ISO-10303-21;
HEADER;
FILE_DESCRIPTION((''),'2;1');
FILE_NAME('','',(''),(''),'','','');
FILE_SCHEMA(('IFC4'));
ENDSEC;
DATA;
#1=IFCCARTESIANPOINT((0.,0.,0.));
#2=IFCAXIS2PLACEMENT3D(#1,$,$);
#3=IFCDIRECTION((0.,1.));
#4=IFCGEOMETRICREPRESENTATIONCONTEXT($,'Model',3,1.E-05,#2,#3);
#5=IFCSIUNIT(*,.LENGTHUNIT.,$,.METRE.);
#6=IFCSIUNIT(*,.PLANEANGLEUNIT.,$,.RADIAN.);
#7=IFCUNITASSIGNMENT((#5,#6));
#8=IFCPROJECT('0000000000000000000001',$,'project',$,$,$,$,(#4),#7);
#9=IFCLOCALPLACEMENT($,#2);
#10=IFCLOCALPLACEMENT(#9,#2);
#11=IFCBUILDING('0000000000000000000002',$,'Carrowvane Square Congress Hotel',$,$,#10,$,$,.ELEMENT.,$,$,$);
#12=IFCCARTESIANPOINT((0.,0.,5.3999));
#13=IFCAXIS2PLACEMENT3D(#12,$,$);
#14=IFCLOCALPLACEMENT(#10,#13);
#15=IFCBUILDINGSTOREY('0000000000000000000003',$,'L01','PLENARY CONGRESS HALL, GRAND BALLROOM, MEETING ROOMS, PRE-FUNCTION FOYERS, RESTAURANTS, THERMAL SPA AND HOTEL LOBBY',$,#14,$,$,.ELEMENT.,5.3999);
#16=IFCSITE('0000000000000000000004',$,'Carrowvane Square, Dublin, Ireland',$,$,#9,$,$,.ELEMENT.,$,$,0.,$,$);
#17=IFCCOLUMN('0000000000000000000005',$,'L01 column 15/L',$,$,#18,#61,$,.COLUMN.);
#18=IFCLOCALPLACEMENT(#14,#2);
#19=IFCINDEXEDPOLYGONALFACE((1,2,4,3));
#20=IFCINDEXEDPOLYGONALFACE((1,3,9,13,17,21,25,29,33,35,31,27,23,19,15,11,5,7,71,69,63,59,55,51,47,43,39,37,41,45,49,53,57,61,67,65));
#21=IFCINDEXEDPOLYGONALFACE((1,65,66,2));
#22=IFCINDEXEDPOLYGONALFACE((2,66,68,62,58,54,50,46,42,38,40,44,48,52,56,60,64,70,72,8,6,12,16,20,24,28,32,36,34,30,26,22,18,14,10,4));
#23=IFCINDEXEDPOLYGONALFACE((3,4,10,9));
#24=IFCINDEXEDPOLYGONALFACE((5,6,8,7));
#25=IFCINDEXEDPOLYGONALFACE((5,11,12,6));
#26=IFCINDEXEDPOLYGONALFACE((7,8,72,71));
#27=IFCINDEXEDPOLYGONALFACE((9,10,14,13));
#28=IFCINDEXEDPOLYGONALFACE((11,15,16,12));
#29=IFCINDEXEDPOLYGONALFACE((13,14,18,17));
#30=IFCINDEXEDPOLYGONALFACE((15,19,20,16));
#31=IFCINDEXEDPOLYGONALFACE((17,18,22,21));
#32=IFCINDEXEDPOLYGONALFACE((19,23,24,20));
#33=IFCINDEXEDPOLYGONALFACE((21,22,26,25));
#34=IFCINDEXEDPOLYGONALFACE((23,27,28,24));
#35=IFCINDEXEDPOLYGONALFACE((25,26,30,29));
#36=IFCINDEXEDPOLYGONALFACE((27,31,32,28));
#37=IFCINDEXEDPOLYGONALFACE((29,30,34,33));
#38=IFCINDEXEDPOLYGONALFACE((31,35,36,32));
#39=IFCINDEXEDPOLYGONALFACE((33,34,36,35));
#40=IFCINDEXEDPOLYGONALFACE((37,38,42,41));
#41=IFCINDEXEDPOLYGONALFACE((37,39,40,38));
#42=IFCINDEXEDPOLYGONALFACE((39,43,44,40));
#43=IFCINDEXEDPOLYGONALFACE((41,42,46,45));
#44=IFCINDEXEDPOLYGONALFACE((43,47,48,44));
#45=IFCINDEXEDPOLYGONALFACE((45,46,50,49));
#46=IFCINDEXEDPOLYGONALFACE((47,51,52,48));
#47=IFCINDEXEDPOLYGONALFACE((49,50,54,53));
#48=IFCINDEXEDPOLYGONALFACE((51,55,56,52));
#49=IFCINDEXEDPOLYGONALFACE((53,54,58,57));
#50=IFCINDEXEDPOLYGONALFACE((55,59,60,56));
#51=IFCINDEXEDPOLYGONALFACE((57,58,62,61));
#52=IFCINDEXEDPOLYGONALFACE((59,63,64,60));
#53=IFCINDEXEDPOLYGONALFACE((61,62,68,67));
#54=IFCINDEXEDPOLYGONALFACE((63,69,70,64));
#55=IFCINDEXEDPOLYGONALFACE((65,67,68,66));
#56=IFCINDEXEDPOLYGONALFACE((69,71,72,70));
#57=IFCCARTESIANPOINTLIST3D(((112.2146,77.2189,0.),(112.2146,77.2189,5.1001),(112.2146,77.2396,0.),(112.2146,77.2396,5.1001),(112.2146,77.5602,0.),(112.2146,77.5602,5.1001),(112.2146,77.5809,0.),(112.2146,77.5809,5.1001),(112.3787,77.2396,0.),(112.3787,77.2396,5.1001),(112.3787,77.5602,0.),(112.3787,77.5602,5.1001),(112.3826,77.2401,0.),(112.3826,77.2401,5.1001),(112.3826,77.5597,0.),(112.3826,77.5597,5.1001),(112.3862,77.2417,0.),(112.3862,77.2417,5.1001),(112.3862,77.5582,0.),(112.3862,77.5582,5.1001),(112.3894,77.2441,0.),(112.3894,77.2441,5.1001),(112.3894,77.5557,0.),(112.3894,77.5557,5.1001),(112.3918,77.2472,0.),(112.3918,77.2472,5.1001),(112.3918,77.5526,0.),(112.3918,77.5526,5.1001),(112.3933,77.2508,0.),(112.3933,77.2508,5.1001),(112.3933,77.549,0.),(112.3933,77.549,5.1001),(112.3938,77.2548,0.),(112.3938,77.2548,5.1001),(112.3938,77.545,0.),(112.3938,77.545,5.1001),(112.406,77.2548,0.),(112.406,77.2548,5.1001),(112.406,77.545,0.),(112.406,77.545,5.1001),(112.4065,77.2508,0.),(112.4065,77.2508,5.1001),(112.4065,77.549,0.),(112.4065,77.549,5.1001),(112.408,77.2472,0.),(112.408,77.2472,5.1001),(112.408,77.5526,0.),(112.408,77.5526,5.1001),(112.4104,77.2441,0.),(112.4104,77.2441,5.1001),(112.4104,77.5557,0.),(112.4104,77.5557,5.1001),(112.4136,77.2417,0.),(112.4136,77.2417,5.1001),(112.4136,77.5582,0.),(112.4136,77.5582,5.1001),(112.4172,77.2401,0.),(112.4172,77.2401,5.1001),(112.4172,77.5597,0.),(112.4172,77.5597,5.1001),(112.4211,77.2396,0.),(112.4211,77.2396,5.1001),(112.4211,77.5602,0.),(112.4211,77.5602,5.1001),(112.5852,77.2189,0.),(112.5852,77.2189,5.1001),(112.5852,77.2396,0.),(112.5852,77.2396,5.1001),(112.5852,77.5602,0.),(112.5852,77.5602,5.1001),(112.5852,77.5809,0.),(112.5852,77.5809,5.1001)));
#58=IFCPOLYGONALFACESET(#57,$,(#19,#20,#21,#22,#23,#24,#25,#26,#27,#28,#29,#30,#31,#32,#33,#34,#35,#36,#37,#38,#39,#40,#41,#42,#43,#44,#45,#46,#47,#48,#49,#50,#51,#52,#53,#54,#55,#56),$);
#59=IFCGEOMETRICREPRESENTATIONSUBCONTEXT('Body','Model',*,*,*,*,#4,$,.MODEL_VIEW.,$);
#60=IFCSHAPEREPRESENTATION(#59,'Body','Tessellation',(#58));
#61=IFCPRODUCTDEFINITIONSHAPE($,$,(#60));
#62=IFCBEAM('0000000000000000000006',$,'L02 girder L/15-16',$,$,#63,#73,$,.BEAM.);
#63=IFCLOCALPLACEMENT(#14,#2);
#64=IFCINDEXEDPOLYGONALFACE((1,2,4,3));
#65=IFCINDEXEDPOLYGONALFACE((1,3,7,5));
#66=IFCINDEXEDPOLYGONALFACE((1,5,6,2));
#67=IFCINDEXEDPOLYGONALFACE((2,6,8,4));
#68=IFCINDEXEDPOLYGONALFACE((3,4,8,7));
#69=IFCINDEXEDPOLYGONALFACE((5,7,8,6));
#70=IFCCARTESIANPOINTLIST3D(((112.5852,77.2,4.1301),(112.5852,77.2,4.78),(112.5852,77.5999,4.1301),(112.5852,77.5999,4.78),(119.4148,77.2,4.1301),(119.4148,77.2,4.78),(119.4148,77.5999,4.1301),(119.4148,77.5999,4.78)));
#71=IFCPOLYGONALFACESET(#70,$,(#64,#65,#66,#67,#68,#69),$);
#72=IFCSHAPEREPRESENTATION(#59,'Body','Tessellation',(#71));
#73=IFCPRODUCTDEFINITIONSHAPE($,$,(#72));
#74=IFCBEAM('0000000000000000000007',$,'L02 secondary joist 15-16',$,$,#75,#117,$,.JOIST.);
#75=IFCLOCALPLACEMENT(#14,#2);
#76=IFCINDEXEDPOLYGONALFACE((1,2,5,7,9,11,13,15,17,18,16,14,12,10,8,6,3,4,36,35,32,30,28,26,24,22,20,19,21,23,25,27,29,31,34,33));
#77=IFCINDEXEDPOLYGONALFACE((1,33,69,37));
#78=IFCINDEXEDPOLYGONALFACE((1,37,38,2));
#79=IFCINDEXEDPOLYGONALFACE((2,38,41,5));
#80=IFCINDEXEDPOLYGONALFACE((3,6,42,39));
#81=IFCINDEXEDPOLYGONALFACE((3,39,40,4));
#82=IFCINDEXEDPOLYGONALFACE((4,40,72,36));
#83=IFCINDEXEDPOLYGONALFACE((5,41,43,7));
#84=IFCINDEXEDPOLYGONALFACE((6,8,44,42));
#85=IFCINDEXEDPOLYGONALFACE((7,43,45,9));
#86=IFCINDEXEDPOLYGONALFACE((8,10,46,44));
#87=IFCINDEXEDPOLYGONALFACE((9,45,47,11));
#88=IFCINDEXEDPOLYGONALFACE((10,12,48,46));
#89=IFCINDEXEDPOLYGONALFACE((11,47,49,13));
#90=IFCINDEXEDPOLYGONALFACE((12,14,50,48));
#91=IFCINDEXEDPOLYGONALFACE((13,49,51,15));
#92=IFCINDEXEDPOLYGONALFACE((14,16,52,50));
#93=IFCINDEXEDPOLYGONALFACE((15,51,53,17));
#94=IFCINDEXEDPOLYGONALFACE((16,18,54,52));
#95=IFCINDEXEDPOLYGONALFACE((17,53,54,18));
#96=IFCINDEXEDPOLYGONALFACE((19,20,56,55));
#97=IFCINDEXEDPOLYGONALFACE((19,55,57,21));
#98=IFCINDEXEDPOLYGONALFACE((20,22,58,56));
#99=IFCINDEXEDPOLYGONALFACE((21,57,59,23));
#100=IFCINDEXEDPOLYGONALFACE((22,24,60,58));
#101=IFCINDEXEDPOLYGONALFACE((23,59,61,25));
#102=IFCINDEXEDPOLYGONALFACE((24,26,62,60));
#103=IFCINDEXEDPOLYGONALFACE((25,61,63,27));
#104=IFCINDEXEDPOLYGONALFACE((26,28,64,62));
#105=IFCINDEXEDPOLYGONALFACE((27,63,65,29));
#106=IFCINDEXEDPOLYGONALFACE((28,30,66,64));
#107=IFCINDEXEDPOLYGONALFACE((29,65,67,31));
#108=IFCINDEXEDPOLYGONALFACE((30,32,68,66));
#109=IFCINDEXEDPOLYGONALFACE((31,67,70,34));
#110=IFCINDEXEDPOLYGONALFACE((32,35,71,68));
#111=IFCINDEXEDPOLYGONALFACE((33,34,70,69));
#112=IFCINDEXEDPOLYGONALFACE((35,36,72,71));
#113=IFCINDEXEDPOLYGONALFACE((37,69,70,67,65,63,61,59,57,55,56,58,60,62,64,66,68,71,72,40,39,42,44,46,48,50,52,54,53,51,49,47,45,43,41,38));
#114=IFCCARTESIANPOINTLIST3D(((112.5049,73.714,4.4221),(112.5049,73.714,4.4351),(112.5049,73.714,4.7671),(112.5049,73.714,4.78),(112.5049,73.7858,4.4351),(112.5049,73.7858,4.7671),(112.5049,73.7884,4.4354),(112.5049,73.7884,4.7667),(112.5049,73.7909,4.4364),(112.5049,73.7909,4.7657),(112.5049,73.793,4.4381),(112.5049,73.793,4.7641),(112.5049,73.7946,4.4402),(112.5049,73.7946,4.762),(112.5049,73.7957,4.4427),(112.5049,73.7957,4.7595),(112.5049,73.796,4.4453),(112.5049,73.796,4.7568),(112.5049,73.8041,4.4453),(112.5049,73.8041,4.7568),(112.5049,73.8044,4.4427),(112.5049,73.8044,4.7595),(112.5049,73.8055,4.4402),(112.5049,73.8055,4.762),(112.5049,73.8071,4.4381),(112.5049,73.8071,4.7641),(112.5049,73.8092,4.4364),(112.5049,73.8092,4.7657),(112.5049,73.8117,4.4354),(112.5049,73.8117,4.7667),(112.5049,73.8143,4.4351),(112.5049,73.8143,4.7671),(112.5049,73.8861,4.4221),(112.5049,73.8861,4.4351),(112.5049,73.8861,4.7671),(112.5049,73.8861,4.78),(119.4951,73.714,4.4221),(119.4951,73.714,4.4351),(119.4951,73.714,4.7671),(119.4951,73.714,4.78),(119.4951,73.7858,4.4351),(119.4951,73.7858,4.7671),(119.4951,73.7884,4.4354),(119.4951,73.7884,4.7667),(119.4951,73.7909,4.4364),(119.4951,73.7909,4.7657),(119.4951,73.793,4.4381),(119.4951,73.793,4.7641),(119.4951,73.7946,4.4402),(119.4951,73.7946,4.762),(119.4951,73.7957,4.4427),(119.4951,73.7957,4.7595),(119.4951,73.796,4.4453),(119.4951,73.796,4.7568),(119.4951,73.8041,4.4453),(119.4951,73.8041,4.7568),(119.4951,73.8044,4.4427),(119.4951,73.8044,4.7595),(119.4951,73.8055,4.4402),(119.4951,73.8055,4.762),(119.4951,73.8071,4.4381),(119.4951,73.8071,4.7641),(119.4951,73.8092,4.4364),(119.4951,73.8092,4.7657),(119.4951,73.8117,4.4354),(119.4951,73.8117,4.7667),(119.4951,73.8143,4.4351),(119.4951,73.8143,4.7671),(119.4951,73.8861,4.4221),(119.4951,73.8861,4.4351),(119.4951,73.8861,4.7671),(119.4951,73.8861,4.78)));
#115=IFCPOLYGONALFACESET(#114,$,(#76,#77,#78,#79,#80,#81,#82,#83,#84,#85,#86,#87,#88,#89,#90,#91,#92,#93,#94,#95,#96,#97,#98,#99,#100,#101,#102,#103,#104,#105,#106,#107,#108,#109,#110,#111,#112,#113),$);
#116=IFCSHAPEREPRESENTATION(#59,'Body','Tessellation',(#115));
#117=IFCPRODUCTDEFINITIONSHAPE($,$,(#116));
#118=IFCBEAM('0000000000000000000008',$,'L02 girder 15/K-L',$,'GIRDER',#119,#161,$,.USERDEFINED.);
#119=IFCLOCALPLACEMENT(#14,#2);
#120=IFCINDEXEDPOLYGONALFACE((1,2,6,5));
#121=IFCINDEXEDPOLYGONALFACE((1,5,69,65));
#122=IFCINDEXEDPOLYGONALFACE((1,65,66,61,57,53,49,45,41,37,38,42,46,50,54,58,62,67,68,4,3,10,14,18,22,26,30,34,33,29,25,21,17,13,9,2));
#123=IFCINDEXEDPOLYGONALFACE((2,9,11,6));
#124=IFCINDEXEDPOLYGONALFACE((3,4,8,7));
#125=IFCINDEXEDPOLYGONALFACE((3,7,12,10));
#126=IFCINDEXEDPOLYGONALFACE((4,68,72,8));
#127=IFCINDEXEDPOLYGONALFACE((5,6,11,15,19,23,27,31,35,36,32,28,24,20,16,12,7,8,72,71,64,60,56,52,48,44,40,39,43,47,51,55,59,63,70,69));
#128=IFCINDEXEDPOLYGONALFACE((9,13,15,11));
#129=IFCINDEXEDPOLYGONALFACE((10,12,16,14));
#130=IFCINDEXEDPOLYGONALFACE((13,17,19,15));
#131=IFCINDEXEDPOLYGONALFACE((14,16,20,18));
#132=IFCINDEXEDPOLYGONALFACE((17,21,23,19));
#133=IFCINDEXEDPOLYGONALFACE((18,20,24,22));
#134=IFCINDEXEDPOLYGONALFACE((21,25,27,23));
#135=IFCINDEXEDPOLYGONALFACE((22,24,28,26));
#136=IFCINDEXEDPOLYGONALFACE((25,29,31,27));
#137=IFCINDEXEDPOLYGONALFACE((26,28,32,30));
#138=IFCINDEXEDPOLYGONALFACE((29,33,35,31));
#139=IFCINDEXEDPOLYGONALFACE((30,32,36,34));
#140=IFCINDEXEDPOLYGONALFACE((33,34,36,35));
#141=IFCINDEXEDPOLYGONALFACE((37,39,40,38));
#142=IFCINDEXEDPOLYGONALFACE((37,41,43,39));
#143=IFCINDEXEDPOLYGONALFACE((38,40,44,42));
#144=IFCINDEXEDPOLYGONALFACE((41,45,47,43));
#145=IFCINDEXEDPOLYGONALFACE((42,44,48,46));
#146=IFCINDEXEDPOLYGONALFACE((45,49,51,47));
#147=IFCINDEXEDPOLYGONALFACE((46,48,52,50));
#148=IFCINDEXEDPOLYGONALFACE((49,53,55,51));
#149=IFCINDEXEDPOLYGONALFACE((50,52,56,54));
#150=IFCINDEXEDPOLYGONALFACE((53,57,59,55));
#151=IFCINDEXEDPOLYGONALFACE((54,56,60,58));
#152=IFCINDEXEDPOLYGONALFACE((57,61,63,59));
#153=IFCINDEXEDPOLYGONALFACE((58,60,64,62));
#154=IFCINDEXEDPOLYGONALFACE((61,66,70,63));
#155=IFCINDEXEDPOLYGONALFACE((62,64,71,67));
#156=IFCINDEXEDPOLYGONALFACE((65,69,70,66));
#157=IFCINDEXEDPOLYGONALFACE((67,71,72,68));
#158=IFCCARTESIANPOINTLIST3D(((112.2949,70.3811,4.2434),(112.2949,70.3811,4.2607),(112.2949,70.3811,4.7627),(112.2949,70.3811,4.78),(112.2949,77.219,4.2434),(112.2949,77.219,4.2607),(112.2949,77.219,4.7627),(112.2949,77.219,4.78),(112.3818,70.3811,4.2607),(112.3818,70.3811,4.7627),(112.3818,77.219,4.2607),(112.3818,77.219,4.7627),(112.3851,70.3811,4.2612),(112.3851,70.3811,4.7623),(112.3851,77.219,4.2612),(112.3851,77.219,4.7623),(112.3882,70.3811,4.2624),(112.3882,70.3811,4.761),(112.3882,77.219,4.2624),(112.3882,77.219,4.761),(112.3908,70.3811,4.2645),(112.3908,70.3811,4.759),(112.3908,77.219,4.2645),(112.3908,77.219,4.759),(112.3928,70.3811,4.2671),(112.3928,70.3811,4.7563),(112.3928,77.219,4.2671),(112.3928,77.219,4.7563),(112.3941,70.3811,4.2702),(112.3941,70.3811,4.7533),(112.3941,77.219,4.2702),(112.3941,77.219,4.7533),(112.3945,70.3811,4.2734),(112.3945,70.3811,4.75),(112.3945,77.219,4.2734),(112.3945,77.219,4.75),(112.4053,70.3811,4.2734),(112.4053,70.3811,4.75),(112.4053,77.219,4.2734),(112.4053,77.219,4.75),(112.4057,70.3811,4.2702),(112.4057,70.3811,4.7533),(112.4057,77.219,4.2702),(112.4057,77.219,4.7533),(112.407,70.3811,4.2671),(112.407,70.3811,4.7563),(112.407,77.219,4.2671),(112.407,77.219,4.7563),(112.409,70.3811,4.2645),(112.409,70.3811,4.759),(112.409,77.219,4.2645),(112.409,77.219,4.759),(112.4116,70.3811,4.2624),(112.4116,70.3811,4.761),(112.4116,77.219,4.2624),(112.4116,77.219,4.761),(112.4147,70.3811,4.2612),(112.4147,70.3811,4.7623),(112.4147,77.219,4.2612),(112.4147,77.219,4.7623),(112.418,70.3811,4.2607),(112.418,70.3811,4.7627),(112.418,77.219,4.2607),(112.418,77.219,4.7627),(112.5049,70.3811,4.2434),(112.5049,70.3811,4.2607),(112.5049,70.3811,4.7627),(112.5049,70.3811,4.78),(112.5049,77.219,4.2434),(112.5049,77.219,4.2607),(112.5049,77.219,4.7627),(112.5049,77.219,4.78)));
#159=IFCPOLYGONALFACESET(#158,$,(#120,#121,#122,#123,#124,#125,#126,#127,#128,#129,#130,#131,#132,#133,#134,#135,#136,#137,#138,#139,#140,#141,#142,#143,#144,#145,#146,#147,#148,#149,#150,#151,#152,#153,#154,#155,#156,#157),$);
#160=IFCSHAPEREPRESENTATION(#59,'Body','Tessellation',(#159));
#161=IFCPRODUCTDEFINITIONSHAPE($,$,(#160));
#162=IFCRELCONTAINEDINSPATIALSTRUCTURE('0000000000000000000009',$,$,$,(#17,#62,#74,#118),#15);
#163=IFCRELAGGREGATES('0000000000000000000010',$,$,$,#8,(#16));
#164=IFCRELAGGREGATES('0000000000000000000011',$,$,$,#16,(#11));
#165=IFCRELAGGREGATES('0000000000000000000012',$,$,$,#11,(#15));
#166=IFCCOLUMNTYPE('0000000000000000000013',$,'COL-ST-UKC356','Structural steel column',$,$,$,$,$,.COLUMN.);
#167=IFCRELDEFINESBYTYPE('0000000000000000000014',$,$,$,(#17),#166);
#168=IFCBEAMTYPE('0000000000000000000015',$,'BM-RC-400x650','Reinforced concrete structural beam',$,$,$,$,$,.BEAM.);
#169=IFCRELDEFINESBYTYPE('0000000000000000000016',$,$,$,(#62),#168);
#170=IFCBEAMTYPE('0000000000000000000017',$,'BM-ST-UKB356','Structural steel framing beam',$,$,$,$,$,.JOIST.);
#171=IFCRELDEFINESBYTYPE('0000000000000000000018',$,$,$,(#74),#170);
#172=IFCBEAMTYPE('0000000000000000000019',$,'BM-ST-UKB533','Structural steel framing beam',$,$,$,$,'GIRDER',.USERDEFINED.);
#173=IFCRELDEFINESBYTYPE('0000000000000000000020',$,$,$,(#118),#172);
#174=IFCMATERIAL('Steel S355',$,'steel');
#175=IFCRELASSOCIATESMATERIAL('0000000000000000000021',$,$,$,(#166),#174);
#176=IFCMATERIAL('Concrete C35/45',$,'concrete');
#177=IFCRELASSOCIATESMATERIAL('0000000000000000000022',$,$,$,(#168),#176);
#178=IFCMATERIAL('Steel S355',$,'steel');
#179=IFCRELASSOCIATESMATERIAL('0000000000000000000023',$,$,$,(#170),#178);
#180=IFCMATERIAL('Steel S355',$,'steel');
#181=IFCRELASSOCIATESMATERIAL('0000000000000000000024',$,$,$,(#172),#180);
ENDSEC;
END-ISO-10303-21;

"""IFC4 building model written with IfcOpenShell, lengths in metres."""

from ifc_helpers import new_model, si_unit, direction, frame, origin, origin_2d, place, context, subcontext, project, spatial, rectangle, i_section, extrude, material, material_profile, profile_set, type_object, element, save


model = new_model("IFC4")

# Units and contexts
model_context = context("Model", 3, precision=1e-05, world=origin(), true_north=direction((0.0, 1.0)))
body_context = subcontext(model_context, "Body", "Model", "MODEL_VIEW")
ifc_project = project(units=[si_unit("LENGTHUNIT", "METRE"), si_unit("PLANEANGLEUNIT", "RADIAN")], contexts=[model_context])

# Site, building, storey
site_placement = place(None, origin())
site = spatial("IfcSite", under=ifc_project, at=site_placement, Name="Carrowvane Square, Dublin, Ireland", CompositionType="ELEMENT", RefElevation=0.0)
building_placement = place(site_placement, origin())
building = spatial("IfcBuilding", under=site, at=building_placement, Name="Carrowvane Square Congress Hotel", CompositionType="ELEMENT")
storey_placement = place(building_placement, frame((0.0, 0.0, 5.3999)))
storey = spatial("IfcBuildingStorey", under=building, at=storey_placement, Name="L01", Description="PLENARY CONGRESS HALL, GRAND BALLROOM, MEETING ROOMS, PRE-FUNCTION FOYERS, RESTAURANTS, THERMAL SPA AND HOTEL LOBBY", CompositionType="ELEMENT", Elevation=5.3999)

# Column
ifc_material_1 = material(Name="Steel S355", Category="steel")
ifc_material_profile_1 = material_profile(ifc_material_1, i_section(OverallWidth=0.3706, OverallDepth=0.3621, WebThickness=0.0122, FlangeThickness=0.0208, FilletRadius=0.0151, at=origin_2d()), Name="UKC 356x368x153")
ifc_profile_set_1 = profile_set([ifc_material_profile_1], Name="Steel S355")
column_type = type_object("IfcColumnType", Name="COL-ST-UKC356", Description="Structural steel column", PredefinedType="COLUMN", material=ifc_profile_set_1)
column_placement = place(storey_placement, frame((112.3999, 77.3999, 0.0), z_axis=(0.0, 0.0, 1.0), x_axis=(1.0, 0.0, 0.0)))
element("IfcColumn", 1, at=column_placement, inside=storey, type_object=column_type, Name="L01 column 15/L", PredefinedType="COLUMN", context=body_context, shape_type="SweptSolid", body=[
    extrude(i_section(OverallWidth=0.3706, OverallDepth=0.3621, WebThickness=0.0122, FlangeThickness=0.0208, FilletRadius=0.0151, at=origin_2d()), origin(), (0.0, 0.0, 1.0), 5.1001),
])

# Beams
ifc_material_2 = material(Name="Concrete C35/45", Category="concrete")
ifc_material_profile_2 = material_profile(ifc_material_2, rectangle(XDim=0.3999, YDim=0.6499, at=origin_2d()), Name="RC 400x650")
ifc_profile_set_2 = profile_set([ifc_material_profile_2], Name="Concrete C35/45")
beam_type_1 = type_object("IfcBeamType", Name="BM-RC-400x650", Description="Reinforced concrete structural beam", PredefinedType="BEAM", material=ifc_profile_set_2)
beam_1_placement = place(storey_placement, frame((112.5852, 77.3999, 4.4551), z_axis=(1.0, 0.0, 0.0), x_axis=(0.0, 1.0, 0.0)))
element("IfcBeam", 2, at=beam_1_placement, inside=storey, type_object=beam_type_1, Name="L02 girder L/15-16", PredefinedType="BEAM", context=body_context, shape_type="SweptSolid", body=[
    extrude(rectangle(XDim=0.3999, YDim=0.6499, at=origin_2d()), origin(), (0.0, 0.0, 1.0), 6.8296),
])
ifc_material_3 = material(Name="Steel S355", Category="steel")
ifc_material_profile_3 = material_profile(ifc_material_3, i_section(OverallWidth=0.1721, OverallDepth=0.3579, WebThickness=0.0081, FlangeThickness=0.0129, FilletRadius=0.0103, at=origin_2d()), Name="UKB 356x171x57")
ifc_profile_set_3 = profile_set([ifc_material_profile_3], Name="Steel S355")
beam_type_2 = type_object("IfcBeamType", Name="BM-ST-UKB356", Description="Structural steel framing beam", PredefinedType="JOIST", material=ifc_profile_set_3)
beam_2_placement = place(storey_placement, frame((112.5049, 73.8, 4.6011), z_axis=(1.0, 0.0, 0.0), x_axis=(0.0, 1.0, 0.0)))
element("IfcBeam", 3, at=beam_2_placement, inside=storey, type_object=beam_type_2, Name="L02 secondary joist 15-16", PredefinedType="JOIST", context=body_context, shape_type="SweptSolid", body=[
    extrude(i_section(OverallWidth=0.1721, OverallDepth=0.3579, WebThickness=0.0081, FlangeThickness=0.0129, FilletRadius=0.0103, at=origin_2d()), origin(), (0.0, 0.0, 1.0), 6.9902),
])
ifc_material_4 = material(Name="Steel S355", Category="steel")
ifc_material_profile_4 = material_profile(ifc_material_4, i_section(OverallWidth=0.21, OverallDepth=0.5366, WebThickness=0.0107, FlangeThickness=0.0173, FilletRadius=0.0127, at=origin_2d()), Name="UKB 533x210x101")
ifc_profile_set_4 = profile_set([ifc_material_profile_4], Name="Steel S355")
beam_type_3 = type_object("IfcBeamType", Name="BM-ST-UKB533", Description="Structural steel framing beam", ElementType="GIRDER", PredefinedType="USERDEFINED", material=ifc_profile_set_4)
for number, where, z_axis, x_axis, name in (
    (4, (112.3999, 70.3811, 4.5117), (0.0, 1.0, 0.0), (-1.0, 0.0, 0.0), "L02 girder 15/K-L"),
):
    element("IfcBeam", number, at=place(storey_placement, frame(where, z_axis=z_axis, x_axis=x_axis)), inside=storey, type_object=beam_type_3, Name=name, ObjectType="GIRDER", PredefinedType="USERDEFINED", context=body_context, shape_type="SweptSolid", body=[
        extrude(i_section(OverallWidth=0.21, OverallDepth=0.5366, WebThickness=0.0107, FlangeThickness=0.0173, FilletRadius=0.0127, at=origin_2d()), origin(), (0.0, 0.0, 1.0), 6.8379),
    ])

save(model, "model.ifc")
